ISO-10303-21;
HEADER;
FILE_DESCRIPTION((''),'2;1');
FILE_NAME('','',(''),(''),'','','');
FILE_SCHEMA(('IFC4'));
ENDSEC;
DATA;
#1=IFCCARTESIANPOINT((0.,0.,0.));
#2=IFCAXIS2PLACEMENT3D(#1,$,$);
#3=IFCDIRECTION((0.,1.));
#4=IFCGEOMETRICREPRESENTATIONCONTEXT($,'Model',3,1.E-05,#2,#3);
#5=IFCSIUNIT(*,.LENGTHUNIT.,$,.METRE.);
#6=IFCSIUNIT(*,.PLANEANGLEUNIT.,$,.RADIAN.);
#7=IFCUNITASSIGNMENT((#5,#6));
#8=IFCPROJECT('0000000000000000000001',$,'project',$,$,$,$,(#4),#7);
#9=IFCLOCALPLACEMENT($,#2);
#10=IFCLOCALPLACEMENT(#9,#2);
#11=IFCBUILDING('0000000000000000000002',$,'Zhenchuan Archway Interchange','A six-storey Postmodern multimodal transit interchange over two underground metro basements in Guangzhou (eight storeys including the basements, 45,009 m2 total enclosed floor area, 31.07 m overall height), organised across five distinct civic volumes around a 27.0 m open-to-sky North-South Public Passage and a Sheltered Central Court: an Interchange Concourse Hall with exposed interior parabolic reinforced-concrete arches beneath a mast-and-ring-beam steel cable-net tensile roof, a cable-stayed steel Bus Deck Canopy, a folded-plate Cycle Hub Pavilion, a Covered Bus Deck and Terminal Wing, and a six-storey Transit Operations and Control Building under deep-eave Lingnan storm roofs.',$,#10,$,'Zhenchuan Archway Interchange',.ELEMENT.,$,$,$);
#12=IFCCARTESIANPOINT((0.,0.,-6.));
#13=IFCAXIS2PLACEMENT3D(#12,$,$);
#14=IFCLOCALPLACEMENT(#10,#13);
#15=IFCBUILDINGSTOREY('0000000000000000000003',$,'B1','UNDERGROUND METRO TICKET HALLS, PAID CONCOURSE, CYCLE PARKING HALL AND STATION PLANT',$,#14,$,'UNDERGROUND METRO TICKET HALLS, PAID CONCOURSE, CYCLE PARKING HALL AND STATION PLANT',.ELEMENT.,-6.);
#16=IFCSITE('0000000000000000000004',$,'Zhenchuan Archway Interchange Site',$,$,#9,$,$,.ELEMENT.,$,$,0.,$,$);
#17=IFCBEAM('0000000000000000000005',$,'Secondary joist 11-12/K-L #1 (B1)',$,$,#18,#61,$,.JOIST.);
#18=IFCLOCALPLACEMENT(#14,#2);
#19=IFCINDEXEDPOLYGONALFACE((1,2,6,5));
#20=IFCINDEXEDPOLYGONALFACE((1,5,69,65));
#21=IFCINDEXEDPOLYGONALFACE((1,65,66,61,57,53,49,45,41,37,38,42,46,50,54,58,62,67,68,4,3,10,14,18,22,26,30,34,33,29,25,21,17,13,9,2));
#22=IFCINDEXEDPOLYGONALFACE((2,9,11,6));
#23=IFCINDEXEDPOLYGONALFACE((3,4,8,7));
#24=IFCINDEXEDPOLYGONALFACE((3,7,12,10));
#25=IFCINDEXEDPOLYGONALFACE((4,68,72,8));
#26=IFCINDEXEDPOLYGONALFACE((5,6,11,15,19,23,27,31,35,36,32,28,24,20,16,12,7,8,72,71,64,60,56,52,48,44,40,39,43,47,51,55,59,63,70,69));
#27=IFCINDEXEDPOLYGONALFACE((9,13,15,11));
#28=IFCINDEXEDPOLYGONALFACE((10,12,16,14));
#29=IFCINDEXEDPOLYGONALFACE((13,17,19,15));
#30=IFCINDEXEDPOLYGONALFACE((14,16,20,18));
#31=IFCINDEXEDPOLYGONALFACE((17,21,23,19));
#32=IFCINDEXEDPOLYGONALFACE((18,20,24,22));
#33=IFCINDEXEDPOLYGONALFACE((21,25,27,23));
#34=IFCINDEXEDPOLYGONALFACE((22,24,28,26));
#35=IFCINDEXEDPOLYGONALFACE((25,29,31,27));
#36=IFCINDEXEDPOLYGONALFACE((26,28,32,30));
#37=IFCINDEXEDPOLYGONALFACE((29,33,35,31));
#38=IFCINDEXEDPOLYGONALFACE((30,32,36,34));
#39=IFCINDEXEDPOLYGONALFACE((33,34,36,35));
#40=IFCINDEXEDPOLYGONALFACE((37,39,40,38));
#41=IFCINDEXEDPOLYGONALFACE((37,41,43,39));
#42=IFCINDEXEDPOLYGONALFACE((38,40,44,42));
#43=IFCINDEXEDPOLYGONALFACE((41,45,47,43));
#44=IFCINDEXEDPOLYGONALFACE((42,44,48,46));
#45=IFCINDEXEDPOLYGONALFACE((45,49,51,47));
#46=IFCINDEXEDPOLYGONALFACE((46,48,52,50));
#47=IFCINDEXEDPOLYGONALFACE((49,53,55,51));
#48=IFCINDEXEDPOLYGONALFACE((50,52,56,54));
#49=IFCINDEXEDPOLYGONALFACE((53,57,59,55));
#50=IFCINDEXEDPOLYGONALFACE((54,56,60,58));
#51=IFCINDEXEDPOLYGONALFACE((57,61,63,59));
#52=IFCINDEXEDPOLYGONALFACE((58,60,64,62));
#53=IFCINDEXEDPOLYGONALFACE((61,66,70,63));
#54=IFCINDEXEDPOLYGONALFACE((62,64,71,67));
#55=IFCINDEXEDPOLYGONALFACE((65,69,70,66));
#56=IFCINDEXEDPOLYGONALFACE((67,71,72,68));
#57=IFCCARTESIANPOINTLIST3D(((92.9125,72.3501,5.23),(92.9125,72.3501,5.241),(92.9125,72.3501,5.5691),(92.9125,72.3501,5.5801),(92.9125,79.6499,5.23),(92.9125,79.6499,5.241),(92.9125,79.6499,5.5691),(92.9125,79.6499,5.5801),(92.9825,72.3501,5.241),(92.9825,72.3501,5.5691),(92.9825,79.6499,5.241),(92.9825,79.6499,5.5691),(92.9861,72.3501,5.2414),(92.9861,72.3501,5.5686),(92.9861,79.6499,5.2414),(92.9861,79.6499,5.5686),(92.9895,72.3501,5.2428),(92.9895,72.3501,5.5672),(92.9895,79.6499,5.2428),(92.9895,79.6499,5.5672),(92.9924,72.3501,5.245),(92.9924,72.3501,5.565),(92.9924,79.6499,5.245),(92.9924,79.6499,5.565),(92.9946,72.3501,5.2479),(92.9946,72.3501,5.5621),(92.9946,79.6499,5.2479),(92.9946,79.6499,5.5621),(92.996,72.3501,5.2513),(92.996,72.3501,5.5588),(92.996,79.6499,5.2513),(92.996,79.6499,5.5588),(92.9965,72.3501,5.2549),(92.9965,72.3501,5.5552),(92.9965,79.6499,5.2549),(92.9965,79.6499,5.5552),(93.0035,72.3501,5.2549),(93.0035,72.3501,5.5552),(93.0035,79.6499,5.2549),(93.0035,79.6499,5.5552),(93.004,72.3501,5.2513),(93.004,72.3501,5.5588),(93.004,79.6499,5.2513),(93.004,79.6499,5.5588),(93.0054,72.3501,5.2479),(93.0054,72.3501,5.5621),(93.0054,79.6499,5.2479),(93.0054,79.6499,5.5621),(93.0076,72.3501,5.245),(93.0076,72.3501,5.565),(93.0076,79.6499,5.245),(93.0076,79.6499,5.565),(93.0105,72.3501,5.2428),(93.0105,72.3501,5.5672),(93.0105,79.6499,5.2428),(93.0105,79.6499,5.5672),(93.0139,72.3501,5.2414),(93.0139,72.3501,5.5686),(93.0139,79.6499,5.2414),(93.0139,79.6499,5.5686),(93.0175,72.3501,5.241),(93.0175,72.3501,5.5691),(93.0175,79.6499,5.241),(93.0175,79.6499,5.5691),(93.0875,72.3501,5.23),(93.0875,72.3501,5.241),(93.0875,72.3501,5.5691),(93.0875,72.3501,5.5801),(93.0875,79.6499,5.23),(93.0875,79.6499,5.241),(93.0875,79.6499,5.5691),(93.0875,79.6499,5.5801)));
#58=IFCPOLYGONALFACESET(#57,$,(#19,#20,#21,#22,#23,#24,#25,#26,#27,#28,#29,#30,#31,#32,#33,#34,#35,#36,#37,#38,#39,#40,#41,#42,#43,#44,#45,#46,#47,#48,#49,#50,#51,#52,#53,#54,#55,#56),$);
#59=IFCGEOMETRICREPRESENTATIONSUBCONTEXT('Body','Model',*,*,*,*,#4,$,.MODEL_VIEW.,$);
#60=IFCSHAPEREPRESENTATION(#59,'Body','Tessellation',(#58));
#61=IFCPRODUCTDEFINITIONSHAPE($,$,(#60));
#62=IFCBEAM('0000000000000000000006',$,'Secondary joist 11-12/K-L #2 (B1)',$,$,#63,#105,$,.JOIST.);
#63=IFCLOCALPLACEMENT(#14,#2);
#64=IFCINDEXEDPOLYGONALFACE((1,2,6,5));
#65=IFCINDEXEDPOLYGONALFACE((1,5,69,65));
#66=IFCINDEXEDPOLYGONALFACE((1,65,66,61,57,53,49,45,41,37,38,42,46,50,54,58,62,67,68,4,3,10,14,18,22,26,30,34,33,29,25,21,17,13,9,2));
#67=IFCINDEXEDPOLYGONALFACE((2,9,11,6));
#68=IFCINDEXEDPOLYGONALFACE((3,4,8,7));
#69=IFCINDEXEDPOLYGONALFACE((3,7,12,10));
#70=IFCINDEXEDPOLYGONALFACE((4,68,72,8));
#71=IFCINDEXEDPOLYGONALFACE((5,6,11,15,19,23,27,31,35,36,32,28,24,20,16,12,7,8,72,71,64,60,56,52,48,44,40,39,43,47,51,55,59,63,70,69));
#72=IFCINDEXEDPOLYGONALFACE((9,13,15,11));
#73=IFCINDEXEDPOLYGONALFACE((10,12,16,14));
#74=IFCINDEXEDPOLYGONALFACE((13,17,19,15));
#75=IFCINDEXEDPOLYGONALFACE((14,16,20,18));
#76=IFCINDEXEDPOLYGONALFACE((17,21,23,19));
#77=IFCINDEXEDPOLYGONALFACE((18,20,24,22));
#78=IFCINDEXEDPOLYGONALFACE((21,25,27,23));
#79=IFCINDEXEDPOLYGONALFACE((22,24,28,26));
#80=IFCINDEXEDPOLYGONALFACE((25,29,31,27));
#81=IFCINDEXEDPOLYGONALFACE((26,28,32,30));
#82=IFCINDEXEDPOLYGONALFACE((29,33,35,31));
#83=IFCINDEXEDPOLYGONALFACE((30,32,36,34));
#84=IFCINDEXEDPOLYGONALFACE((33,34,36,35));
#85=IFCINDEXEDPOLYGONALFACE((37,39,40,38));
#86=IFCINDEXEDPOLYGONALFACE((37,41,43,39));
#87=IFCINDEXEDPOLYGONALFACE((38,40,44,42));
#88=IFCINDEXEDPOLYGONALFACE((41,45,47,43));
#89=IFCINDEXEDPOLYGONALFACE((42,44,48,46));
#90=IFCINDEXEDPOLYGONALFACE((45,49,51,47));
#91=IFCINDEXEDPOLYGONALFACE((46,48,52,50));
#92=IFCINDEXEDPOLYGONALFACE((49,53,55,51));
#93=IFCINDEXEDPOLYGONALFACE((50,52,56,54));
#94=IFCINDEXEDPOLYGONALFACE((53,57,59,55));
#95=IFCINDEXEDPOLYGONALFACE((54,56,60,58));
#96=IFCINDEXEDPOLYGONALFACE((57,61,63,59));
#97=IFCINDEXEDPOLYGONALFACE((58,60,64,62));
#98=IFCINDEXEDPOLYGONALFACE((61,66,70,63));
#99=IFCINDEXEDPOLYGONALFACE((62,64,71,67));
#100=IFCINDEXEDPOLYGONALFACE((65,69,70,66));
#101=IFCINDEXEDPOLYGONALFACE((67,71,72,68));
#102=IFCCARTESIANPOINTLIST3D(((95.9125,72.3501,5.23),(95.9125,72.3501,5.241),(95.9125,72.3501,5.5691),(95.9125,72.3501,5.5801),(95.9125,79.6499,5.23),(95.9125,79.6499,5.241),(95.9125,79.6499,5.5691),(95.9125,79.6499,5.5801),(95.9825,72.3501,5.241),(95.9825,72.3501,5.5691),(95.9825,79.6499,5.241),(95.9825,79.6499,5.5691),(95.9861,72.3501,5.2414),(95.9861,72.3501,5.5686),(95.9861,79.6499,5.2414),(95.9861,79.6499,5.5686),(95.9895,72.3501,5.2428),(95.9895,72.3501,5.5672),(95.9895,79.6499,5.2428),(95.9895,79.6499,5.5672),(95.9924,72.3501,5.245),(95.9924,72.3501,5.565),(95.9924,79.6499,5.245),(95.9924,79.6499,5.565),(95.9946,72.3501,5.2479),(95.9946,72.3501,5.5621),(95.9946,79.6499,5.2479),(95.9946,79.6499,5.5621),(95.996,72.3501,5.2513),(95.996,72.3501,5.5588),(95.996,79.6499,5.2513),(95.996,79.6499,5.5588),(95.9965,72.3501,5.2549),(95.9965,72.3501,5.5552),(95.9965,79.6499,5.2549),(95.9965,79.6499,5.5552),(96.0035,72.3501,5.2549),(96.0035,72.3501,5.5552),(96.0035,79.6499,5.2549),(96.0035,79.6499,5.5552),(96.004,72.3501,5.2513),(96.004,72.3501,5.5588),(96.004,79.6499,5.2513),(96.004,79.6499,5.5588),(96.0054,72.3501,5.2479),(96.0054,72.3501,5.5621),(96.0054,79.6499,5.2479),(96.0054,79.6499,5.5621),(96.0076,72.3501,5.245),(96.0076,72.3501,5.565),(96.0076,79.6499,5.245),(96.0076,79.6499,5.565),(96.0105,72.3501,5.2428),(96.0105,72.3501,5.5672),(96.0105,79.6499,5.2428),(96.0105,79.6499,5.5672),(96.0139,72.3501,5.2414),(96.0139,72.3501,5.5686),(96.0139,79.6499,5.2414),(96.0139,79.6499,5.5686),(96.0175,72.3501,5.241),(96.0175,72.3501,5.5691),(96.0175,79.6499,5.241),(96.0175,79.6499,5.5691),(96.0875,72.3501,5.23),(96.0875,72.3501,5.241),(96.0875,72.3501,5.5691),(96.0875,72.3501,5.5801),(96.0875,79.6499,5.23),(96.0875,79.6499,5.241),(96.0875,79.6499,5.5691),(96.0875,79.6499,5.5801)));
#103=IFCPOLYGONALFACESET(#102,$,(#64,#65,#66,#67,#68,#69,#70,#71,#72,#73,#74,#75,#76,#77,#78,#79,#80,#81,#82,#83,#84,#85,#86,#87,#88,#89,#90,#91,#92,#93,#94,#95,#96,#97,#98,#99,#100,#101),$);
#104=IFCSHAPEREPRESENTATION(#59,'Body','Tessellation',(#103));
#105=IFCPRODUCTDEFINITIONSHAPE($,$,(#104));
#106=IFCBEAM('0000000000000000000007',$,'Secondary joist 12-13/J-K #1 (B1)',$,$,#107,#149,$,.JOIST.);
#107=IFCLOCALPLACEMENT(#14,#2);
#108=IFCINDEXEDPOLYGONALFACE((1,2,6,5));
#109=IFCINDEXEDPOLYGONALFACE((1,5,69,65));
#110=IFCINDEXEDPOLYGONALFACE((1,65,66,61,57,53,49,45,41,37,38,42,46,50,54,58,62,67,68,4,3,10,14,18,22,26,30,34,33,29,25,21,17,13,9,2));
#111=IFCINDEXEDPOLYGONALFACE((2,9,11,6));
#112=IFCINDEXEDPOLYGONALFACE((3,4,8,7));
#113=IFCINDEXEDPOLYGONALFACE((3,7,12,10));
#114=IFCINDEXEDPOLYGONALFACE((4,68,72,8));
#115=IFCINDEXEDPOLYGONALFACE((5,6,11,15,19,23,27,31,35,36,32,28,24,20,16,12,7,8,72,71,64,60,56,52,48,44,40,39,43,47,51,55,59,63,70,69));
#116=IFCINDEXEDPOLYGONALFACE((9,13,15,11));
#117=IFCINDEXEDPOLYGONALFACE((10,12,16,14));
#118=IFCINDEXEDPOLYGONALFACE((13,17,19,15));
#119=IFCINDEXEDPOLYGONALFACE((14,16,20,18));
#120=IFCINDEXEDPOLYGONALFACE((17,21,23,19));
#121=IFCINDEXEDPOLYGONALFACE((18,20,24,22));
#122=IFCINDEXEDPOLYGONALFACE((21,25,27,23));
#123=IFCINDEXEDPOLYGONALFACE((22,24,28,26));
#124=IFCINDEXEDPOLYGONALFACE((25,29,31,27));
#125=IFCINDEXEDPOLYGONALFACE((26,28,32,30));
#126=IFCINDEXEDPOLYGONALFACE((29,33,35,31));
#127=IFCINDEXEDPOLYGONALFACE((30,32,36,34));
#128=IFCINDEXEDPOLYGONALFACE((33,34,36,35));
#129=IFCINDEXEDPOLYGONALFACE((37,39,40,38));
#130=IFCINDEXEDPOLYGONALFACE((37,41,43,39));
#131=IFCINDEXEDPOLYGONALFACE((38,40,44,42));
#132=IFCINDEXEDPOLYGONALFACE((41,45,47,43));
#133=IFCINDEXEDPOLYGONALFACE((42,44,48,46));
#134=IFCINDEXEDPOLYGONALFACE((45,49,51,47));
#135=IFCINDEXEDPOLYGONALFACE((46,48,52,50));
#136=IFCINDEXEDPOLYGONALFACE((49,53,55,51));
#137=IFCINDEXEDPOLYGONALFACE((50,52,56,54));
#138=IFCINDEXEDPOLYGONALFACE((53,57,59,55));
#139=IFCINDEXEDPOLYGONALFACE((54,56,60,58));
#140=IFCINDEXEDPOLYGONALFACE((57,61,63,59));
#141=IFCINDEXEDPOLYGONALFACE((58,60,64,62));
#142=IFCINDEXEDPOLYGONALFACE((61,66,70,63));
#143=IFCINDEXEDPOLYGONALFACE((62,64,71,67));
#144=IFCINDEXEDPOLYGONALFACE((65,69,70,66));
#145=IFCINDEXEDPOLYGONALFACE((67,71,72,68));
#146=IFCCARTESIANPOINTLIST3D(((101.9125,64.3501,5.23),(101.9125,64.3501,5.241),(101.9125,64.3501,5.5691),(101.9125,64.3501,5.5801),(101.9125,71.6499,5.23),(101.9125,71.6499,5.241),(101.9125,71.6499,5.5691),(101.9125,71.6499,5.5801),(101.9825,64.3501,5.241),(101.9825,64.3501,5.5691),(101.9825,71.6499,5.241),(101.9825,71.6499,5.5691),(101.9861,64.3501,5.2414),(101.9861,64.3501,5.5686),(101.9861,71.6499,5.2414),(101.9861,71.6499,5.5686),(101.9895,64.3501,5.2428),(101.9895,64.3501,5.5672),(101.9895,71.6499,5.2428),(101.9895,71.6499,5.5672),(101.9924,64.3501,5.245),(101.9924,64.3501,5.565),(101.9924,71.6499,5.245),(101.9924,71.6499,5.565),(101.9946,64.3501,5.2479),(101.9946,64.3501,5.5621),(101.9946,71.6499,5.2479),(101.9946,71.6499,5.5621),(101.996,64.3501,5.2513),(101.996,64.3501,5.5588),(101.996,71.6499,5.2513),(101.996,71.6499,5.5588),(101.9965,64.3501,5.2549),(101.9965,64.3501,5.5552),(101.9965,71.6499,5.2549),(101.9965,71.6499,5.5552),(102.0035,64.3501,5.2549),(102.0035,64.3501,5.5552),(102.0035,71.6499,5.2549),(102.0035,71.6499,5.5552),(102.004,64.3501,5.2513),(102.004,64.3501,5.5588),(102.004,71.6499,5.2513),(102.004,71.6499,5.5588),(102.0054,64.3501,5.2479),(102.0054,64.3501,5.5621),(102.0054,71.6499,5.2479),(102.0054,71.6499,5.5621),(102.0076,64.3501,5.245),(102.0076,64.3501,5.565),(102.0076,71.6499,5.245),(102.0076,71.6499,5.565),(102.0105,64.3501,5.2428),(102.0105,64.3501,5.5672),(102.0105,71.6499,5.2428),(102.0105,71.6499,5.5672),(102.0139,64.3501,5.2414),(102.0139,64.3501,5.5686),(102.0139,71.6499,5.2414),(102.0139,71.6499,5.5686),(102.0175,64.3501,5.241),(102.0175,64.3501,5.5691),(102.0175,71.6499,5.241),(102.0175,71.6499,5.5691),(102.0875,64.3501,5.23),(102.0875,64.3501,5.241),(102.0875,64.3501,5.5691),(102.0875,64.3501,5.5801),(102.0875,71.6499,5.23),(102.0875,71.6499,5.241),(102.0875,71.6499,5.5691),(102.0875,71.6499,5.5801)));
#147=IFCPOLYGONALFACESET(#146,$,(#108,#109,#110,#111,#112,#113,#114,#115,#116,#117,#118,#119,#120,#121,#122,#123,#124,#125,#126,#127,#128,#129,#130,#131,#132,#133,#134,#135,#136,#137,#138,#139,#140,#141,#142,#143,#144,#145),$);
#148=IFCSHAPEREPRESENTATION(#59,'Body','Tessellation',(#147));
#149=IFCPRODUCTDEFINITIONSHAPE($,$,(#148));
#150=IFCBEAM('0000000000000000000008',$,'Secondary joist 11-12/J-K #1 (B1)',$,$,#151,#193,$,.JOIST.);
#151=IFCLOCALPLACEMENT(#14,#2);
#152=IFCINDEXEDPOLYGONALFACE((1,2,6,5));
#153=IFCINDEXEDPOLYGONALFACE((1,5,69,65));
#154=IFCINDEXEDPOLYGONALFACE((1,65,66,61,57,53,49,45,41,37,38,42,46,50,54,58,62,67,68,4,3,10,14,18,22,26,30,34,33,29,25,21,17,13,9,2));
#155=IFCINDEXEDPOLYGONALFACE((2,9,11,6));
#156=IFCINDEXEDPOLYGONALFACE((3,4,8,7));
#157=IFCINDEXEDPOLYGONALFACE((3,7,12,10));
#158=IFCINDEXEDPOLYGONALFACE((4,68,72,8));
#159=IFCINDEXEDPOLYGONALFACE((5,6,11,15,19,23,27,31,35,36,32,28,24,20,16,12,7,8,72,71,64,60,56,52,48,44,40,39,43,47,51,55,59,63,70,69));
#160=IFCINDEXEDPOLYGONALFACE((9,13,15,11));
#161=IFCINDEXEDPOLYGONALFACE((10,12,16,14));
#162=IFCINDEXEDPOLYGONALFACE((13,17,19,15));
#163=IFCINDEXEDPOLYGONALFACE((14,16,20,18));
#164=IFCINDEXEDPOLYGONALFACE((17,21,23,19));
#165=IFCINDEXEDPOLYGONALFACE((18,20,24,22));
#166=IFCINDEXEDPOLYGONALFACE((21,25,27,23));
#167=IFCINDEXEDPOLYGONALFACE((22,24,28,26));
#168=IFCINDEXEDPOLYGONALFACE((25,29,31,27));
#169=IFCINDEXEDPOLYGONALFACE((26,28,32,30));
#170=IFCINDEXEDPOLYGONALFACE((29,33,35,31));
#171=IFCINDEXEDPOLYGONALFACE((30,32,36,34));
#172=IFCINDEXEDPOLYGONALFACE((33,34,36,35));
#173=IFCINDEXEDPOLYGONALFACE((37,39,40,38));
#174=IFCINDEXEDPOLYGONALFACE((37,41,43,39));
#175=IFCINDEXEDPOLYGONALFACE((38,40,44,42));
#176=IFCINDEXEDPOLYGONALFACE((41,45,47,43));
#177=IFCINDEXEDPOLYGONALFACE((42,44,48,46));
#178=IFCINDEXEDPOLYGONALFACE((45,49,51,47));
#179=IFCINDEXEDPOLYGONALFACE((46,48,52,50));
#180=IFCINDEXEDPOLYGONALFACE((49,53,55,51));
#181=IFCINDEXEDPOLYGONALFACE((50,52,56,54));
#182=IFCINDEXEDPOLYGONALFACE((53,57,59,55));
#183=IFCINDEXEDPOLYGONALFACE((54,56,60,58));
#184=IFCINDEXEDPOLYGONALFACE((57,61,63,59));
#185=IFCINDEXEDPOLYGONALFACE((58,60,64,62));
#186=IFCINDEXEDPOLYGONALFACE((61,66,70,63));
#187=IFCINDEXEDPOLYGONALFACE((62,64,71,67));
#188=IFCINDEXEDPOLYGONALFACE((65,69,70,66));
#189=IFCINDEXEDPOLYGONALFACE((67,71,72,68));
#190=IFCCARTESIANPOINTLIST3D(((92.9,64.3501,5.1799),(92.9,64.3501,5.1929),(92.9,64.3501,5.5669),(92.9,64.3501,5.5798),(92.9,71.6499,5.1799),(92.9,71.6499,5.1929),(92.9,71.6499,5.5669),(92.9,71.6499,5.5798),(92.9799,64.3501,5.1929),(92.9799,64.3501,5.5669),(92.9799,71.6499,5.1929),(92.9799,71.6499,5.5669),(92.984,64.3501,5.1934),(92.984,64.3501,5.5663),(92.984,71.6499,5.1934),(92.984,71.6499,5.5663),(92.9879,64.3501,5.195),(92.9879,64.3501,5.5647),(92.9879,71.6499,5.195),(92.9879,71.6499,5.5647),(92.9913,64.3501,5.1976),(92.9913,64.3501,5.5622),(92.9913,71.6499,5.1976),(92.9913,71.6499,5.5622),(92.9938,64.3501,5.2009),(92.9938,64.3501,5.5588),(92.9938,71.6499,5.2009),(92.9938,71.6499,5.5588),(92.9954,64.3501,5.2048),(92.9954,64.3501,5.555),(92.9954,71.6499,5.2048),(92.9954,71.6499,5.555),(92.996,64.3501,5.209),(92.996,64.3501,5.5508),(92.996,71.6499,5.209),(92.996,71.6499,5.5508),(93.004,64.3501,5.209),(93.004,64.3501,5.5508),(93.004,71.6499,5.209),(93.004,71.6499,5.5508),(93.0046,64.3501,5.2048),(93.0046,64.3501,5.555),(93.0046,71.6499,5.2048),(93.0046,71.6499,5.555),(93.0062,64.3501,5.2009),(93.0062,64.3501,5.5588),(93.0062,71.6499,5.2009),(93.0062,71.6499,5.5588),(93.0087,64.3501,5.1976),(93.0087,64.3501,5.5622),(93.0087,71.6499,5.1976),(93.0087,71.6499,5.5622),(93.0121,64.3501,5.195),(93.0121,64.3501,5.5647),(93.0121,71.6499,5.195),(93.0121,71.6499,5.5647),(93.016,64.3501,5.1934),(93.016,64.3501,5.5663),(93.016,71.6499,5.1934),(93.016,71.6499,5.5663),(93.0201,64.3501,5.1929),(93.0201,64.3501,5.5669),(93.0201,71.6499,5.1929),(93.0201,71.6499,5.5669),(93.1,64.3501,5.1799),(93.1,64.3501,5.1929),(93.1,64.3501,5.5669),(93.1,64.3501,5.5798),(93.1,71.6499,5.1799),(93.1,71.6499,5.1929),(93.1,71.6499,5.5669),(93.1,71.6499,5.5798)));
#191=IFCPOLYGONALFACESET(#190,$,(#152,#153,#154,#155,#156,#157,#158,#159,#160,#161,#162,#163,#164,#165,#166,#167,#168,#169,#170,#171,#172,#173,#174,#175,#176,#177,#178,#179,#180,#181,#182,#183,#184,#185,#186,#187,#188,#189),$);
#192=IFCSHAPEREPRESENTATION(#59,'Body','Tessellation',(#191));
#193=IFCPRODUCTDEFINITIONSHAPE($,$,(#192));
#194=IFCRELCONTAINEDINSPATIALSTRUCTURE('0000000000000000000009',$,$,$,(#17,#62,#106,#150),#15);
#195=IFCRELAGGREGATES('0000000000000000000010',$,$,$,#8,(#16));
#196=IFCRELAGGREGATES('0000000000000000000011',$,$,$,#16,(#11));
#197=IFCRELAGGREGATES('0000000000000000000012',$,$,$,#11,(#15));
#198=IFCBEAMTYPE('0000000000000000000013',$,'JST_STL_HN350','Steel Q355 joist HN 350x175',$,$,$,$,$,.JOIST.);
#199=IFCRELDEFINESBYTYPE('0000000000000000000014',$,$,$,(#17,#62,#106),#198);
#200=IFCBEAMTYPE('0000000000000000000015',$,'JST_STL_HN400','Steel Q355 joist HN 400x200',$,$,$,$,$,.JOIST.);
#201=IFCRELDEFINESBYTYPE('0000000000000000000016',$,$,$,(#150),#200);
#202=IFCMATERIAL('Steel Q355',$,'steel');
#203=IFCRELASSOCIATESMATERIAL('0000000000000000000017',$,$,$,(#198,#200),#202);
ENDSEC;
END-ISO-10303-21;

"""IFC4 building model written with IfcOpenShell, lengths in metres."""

from ifc_helpers import new_model, si_unit, direction, frame, origin, origin_2d, place, context, subcontext, project, spatial, i_section, extrude, material, material_profile, profile_set, type_object, element, save


model = new_model("IFC4")

# Units and contexts
model_context = context("Model", 3, precision=1e-05, world=origin(), true_north=direction((0.0, 1.0)))
body_context = subcontext(model_context, "Body", "Model", "MODEL_VIEW")
ifc_project = project(units=[si_unit("LENGTHUNIT", "METRE"), si_unit("PLANEANGLEUNIT", "RADIAN")], contexts=[model_context])

# Site, building, storey
site_placement = place(None, origin())
site = spatial("IfcSite", under=ifc_project, at=site_placement, Name="Zhenchuan Archway Interchange Site", CompositionType="ELEMENT", RefElevation=0.0)
building_placement = place(site_placement, origin())
building = spatial("IfcBuilding", under=site, at=building_placement, Name="Zhenchuan Archway Interchange", Description="A six-storey Postmodern multimodal transit interchange over two underground metro basements in Guangzhou (eight storeys including the basements, 45,009 m2 total enclosed floor area, 31.07 m overall height), organised across five distinct civic volumes around a 27.0 m open-to-sky North-South Public Passage and a Sheltered Central Court: an Interchange Concourse Hall with exposed interior parabolic reinforced-concrete arches beneath a mast-and-ring-beam steel cable-net tensile roof, a cable-stayed steel Bus Deck Canopy, a folded-plate Cycle Hub Pavilion, a Covered Bus Deck and Terminal Wing, and a six-storey Transit Operations and Control Building under deep-eave Lingnan storm roofs.", LongName="Zhenchuan Archway Interchange", CompositionType="ELEMENT")
storey_placement = place(building_placement, frame((0.0, 0.0, -6.0)))
storey = spatial("IfcBuildingStorey", under=building, at=storey_placement, Name="B1", Description="UNDERGROUND METRO TICKET HALLS, PAID CONCOURSE, CYCLE PARKING HALL AND STATION PLANT", LongName="UNDERGROUND METRO TICKET HALLS, PAID CONCOURSE, CYCLE PARKING HALL AND STATION PLANT", CompositionType="ELEMENT", Elevation=-6.0)

# Beams
ifc_material_1 = material(Name="Steel Q355", Category="steel")
ifc_material_profile_1 = material_profile(ifc_material_1, i_section(OverallWidth=0.175, OverallDepth=0.3501, WebThickness=0.0071, FlangeThickness=0.011, FilletRadius=0.0139, at=origin_2d()), Name="HN 350x175")
ifc_profile_set_1 = profile_set([ifc_material_profile_1], Name="Steel Q355")
beam_type_1 = type_object("IfcBeamType", Name="JST_STL_HN350", Description="Steel Q355 joist HN 350x175", PredefinedType="JOIST", material=ifc_profile_set_1)
for number, where, z_axis, x_axis, name in (
    (1, (93.0, 72.3501, 5.405), (0.0, 1.0, 0.0), (-1.0, 0.0, 0.0), "Secondary joist 11-12/K-L #1 (B1)"),
    (2, (96.0, 72.3501, 5.405), (0.0, 1.0, 0.0), (-1.0, 0.0, 0.0), "Secondary joist 11-12/K-L #2 (B1)"),
    (3, (102.0, 64.3501, 5.405), (0.0, 1.0, 0.0), (-1.0, 0.0, 0.0), "Secondary joist 12-13/J-K #1 (B1)"),
):
    element("IfcBeam", number, at=place(storey_placement, frame(where, z_axis=z_axis, x_axis=x_axis)), inside=storey, type_object=beam_type_1, Name=name, PredefinedType="JOIST", context=body_context, shape_type="SweptSolid", body=[
        extrude(i_section(OverallWidth=0.175, OverallDepth=0.3501, WebThickness=0.0071, FlangeThickness=0.011, FilletRadius=0.0139, at=origin_2d()), origin(), (0.0, 0.0, 1.0), 7.2998),
    ])
ifc_material_profile_2 = material_profile(ifc_material_1, i_section(OverallWidth=0.2, OverallDepth=0.3999, WebThickness=0.0081, FlangeThickness=0.0129, FilletRadius=0.0161, at=origin_2d()), Name="HN 400x200")
ifc_profile_set_2 = profile_set([ifc_material_profile_2], Name="Steel Q355")
beam_type_2 = type_object("IfcBeamType", Name="JST_STL_HN400", Description="Steel Q355 joist HN 400x200", PredefinedType="JOIST", material=ifc_profile_set_2)
for number, where, z_axis, x_axis, name in (
    (4, (93.0, 64.3501, 5.3799), (0.0, 1.0, 0.0), (-1.0, 0.0, 0.0), "Secondary joist 11-12/J-K #1 (B1)"),
):
    element("IfcBeam", number, at=place(storey_placement, frame(where, z_axis=z_axis, x_axis=x_axis)), inside=storey, type_object=beam_type_2, Name=name, PredefinedType="JOIST", context=body_context, shape_type="SweptSolid", body=[
        extrude(i_section(OverallWidth=0.2, OverallDepth=0.3999, WebThickness=0.0081, FlangeThickness=0.0129, FilletRadius=0.0161, at=origin_2d()), origin(), (0.0, 0.0, 1.0), 7.2998),
    ])

save(model, "model.ifc")
